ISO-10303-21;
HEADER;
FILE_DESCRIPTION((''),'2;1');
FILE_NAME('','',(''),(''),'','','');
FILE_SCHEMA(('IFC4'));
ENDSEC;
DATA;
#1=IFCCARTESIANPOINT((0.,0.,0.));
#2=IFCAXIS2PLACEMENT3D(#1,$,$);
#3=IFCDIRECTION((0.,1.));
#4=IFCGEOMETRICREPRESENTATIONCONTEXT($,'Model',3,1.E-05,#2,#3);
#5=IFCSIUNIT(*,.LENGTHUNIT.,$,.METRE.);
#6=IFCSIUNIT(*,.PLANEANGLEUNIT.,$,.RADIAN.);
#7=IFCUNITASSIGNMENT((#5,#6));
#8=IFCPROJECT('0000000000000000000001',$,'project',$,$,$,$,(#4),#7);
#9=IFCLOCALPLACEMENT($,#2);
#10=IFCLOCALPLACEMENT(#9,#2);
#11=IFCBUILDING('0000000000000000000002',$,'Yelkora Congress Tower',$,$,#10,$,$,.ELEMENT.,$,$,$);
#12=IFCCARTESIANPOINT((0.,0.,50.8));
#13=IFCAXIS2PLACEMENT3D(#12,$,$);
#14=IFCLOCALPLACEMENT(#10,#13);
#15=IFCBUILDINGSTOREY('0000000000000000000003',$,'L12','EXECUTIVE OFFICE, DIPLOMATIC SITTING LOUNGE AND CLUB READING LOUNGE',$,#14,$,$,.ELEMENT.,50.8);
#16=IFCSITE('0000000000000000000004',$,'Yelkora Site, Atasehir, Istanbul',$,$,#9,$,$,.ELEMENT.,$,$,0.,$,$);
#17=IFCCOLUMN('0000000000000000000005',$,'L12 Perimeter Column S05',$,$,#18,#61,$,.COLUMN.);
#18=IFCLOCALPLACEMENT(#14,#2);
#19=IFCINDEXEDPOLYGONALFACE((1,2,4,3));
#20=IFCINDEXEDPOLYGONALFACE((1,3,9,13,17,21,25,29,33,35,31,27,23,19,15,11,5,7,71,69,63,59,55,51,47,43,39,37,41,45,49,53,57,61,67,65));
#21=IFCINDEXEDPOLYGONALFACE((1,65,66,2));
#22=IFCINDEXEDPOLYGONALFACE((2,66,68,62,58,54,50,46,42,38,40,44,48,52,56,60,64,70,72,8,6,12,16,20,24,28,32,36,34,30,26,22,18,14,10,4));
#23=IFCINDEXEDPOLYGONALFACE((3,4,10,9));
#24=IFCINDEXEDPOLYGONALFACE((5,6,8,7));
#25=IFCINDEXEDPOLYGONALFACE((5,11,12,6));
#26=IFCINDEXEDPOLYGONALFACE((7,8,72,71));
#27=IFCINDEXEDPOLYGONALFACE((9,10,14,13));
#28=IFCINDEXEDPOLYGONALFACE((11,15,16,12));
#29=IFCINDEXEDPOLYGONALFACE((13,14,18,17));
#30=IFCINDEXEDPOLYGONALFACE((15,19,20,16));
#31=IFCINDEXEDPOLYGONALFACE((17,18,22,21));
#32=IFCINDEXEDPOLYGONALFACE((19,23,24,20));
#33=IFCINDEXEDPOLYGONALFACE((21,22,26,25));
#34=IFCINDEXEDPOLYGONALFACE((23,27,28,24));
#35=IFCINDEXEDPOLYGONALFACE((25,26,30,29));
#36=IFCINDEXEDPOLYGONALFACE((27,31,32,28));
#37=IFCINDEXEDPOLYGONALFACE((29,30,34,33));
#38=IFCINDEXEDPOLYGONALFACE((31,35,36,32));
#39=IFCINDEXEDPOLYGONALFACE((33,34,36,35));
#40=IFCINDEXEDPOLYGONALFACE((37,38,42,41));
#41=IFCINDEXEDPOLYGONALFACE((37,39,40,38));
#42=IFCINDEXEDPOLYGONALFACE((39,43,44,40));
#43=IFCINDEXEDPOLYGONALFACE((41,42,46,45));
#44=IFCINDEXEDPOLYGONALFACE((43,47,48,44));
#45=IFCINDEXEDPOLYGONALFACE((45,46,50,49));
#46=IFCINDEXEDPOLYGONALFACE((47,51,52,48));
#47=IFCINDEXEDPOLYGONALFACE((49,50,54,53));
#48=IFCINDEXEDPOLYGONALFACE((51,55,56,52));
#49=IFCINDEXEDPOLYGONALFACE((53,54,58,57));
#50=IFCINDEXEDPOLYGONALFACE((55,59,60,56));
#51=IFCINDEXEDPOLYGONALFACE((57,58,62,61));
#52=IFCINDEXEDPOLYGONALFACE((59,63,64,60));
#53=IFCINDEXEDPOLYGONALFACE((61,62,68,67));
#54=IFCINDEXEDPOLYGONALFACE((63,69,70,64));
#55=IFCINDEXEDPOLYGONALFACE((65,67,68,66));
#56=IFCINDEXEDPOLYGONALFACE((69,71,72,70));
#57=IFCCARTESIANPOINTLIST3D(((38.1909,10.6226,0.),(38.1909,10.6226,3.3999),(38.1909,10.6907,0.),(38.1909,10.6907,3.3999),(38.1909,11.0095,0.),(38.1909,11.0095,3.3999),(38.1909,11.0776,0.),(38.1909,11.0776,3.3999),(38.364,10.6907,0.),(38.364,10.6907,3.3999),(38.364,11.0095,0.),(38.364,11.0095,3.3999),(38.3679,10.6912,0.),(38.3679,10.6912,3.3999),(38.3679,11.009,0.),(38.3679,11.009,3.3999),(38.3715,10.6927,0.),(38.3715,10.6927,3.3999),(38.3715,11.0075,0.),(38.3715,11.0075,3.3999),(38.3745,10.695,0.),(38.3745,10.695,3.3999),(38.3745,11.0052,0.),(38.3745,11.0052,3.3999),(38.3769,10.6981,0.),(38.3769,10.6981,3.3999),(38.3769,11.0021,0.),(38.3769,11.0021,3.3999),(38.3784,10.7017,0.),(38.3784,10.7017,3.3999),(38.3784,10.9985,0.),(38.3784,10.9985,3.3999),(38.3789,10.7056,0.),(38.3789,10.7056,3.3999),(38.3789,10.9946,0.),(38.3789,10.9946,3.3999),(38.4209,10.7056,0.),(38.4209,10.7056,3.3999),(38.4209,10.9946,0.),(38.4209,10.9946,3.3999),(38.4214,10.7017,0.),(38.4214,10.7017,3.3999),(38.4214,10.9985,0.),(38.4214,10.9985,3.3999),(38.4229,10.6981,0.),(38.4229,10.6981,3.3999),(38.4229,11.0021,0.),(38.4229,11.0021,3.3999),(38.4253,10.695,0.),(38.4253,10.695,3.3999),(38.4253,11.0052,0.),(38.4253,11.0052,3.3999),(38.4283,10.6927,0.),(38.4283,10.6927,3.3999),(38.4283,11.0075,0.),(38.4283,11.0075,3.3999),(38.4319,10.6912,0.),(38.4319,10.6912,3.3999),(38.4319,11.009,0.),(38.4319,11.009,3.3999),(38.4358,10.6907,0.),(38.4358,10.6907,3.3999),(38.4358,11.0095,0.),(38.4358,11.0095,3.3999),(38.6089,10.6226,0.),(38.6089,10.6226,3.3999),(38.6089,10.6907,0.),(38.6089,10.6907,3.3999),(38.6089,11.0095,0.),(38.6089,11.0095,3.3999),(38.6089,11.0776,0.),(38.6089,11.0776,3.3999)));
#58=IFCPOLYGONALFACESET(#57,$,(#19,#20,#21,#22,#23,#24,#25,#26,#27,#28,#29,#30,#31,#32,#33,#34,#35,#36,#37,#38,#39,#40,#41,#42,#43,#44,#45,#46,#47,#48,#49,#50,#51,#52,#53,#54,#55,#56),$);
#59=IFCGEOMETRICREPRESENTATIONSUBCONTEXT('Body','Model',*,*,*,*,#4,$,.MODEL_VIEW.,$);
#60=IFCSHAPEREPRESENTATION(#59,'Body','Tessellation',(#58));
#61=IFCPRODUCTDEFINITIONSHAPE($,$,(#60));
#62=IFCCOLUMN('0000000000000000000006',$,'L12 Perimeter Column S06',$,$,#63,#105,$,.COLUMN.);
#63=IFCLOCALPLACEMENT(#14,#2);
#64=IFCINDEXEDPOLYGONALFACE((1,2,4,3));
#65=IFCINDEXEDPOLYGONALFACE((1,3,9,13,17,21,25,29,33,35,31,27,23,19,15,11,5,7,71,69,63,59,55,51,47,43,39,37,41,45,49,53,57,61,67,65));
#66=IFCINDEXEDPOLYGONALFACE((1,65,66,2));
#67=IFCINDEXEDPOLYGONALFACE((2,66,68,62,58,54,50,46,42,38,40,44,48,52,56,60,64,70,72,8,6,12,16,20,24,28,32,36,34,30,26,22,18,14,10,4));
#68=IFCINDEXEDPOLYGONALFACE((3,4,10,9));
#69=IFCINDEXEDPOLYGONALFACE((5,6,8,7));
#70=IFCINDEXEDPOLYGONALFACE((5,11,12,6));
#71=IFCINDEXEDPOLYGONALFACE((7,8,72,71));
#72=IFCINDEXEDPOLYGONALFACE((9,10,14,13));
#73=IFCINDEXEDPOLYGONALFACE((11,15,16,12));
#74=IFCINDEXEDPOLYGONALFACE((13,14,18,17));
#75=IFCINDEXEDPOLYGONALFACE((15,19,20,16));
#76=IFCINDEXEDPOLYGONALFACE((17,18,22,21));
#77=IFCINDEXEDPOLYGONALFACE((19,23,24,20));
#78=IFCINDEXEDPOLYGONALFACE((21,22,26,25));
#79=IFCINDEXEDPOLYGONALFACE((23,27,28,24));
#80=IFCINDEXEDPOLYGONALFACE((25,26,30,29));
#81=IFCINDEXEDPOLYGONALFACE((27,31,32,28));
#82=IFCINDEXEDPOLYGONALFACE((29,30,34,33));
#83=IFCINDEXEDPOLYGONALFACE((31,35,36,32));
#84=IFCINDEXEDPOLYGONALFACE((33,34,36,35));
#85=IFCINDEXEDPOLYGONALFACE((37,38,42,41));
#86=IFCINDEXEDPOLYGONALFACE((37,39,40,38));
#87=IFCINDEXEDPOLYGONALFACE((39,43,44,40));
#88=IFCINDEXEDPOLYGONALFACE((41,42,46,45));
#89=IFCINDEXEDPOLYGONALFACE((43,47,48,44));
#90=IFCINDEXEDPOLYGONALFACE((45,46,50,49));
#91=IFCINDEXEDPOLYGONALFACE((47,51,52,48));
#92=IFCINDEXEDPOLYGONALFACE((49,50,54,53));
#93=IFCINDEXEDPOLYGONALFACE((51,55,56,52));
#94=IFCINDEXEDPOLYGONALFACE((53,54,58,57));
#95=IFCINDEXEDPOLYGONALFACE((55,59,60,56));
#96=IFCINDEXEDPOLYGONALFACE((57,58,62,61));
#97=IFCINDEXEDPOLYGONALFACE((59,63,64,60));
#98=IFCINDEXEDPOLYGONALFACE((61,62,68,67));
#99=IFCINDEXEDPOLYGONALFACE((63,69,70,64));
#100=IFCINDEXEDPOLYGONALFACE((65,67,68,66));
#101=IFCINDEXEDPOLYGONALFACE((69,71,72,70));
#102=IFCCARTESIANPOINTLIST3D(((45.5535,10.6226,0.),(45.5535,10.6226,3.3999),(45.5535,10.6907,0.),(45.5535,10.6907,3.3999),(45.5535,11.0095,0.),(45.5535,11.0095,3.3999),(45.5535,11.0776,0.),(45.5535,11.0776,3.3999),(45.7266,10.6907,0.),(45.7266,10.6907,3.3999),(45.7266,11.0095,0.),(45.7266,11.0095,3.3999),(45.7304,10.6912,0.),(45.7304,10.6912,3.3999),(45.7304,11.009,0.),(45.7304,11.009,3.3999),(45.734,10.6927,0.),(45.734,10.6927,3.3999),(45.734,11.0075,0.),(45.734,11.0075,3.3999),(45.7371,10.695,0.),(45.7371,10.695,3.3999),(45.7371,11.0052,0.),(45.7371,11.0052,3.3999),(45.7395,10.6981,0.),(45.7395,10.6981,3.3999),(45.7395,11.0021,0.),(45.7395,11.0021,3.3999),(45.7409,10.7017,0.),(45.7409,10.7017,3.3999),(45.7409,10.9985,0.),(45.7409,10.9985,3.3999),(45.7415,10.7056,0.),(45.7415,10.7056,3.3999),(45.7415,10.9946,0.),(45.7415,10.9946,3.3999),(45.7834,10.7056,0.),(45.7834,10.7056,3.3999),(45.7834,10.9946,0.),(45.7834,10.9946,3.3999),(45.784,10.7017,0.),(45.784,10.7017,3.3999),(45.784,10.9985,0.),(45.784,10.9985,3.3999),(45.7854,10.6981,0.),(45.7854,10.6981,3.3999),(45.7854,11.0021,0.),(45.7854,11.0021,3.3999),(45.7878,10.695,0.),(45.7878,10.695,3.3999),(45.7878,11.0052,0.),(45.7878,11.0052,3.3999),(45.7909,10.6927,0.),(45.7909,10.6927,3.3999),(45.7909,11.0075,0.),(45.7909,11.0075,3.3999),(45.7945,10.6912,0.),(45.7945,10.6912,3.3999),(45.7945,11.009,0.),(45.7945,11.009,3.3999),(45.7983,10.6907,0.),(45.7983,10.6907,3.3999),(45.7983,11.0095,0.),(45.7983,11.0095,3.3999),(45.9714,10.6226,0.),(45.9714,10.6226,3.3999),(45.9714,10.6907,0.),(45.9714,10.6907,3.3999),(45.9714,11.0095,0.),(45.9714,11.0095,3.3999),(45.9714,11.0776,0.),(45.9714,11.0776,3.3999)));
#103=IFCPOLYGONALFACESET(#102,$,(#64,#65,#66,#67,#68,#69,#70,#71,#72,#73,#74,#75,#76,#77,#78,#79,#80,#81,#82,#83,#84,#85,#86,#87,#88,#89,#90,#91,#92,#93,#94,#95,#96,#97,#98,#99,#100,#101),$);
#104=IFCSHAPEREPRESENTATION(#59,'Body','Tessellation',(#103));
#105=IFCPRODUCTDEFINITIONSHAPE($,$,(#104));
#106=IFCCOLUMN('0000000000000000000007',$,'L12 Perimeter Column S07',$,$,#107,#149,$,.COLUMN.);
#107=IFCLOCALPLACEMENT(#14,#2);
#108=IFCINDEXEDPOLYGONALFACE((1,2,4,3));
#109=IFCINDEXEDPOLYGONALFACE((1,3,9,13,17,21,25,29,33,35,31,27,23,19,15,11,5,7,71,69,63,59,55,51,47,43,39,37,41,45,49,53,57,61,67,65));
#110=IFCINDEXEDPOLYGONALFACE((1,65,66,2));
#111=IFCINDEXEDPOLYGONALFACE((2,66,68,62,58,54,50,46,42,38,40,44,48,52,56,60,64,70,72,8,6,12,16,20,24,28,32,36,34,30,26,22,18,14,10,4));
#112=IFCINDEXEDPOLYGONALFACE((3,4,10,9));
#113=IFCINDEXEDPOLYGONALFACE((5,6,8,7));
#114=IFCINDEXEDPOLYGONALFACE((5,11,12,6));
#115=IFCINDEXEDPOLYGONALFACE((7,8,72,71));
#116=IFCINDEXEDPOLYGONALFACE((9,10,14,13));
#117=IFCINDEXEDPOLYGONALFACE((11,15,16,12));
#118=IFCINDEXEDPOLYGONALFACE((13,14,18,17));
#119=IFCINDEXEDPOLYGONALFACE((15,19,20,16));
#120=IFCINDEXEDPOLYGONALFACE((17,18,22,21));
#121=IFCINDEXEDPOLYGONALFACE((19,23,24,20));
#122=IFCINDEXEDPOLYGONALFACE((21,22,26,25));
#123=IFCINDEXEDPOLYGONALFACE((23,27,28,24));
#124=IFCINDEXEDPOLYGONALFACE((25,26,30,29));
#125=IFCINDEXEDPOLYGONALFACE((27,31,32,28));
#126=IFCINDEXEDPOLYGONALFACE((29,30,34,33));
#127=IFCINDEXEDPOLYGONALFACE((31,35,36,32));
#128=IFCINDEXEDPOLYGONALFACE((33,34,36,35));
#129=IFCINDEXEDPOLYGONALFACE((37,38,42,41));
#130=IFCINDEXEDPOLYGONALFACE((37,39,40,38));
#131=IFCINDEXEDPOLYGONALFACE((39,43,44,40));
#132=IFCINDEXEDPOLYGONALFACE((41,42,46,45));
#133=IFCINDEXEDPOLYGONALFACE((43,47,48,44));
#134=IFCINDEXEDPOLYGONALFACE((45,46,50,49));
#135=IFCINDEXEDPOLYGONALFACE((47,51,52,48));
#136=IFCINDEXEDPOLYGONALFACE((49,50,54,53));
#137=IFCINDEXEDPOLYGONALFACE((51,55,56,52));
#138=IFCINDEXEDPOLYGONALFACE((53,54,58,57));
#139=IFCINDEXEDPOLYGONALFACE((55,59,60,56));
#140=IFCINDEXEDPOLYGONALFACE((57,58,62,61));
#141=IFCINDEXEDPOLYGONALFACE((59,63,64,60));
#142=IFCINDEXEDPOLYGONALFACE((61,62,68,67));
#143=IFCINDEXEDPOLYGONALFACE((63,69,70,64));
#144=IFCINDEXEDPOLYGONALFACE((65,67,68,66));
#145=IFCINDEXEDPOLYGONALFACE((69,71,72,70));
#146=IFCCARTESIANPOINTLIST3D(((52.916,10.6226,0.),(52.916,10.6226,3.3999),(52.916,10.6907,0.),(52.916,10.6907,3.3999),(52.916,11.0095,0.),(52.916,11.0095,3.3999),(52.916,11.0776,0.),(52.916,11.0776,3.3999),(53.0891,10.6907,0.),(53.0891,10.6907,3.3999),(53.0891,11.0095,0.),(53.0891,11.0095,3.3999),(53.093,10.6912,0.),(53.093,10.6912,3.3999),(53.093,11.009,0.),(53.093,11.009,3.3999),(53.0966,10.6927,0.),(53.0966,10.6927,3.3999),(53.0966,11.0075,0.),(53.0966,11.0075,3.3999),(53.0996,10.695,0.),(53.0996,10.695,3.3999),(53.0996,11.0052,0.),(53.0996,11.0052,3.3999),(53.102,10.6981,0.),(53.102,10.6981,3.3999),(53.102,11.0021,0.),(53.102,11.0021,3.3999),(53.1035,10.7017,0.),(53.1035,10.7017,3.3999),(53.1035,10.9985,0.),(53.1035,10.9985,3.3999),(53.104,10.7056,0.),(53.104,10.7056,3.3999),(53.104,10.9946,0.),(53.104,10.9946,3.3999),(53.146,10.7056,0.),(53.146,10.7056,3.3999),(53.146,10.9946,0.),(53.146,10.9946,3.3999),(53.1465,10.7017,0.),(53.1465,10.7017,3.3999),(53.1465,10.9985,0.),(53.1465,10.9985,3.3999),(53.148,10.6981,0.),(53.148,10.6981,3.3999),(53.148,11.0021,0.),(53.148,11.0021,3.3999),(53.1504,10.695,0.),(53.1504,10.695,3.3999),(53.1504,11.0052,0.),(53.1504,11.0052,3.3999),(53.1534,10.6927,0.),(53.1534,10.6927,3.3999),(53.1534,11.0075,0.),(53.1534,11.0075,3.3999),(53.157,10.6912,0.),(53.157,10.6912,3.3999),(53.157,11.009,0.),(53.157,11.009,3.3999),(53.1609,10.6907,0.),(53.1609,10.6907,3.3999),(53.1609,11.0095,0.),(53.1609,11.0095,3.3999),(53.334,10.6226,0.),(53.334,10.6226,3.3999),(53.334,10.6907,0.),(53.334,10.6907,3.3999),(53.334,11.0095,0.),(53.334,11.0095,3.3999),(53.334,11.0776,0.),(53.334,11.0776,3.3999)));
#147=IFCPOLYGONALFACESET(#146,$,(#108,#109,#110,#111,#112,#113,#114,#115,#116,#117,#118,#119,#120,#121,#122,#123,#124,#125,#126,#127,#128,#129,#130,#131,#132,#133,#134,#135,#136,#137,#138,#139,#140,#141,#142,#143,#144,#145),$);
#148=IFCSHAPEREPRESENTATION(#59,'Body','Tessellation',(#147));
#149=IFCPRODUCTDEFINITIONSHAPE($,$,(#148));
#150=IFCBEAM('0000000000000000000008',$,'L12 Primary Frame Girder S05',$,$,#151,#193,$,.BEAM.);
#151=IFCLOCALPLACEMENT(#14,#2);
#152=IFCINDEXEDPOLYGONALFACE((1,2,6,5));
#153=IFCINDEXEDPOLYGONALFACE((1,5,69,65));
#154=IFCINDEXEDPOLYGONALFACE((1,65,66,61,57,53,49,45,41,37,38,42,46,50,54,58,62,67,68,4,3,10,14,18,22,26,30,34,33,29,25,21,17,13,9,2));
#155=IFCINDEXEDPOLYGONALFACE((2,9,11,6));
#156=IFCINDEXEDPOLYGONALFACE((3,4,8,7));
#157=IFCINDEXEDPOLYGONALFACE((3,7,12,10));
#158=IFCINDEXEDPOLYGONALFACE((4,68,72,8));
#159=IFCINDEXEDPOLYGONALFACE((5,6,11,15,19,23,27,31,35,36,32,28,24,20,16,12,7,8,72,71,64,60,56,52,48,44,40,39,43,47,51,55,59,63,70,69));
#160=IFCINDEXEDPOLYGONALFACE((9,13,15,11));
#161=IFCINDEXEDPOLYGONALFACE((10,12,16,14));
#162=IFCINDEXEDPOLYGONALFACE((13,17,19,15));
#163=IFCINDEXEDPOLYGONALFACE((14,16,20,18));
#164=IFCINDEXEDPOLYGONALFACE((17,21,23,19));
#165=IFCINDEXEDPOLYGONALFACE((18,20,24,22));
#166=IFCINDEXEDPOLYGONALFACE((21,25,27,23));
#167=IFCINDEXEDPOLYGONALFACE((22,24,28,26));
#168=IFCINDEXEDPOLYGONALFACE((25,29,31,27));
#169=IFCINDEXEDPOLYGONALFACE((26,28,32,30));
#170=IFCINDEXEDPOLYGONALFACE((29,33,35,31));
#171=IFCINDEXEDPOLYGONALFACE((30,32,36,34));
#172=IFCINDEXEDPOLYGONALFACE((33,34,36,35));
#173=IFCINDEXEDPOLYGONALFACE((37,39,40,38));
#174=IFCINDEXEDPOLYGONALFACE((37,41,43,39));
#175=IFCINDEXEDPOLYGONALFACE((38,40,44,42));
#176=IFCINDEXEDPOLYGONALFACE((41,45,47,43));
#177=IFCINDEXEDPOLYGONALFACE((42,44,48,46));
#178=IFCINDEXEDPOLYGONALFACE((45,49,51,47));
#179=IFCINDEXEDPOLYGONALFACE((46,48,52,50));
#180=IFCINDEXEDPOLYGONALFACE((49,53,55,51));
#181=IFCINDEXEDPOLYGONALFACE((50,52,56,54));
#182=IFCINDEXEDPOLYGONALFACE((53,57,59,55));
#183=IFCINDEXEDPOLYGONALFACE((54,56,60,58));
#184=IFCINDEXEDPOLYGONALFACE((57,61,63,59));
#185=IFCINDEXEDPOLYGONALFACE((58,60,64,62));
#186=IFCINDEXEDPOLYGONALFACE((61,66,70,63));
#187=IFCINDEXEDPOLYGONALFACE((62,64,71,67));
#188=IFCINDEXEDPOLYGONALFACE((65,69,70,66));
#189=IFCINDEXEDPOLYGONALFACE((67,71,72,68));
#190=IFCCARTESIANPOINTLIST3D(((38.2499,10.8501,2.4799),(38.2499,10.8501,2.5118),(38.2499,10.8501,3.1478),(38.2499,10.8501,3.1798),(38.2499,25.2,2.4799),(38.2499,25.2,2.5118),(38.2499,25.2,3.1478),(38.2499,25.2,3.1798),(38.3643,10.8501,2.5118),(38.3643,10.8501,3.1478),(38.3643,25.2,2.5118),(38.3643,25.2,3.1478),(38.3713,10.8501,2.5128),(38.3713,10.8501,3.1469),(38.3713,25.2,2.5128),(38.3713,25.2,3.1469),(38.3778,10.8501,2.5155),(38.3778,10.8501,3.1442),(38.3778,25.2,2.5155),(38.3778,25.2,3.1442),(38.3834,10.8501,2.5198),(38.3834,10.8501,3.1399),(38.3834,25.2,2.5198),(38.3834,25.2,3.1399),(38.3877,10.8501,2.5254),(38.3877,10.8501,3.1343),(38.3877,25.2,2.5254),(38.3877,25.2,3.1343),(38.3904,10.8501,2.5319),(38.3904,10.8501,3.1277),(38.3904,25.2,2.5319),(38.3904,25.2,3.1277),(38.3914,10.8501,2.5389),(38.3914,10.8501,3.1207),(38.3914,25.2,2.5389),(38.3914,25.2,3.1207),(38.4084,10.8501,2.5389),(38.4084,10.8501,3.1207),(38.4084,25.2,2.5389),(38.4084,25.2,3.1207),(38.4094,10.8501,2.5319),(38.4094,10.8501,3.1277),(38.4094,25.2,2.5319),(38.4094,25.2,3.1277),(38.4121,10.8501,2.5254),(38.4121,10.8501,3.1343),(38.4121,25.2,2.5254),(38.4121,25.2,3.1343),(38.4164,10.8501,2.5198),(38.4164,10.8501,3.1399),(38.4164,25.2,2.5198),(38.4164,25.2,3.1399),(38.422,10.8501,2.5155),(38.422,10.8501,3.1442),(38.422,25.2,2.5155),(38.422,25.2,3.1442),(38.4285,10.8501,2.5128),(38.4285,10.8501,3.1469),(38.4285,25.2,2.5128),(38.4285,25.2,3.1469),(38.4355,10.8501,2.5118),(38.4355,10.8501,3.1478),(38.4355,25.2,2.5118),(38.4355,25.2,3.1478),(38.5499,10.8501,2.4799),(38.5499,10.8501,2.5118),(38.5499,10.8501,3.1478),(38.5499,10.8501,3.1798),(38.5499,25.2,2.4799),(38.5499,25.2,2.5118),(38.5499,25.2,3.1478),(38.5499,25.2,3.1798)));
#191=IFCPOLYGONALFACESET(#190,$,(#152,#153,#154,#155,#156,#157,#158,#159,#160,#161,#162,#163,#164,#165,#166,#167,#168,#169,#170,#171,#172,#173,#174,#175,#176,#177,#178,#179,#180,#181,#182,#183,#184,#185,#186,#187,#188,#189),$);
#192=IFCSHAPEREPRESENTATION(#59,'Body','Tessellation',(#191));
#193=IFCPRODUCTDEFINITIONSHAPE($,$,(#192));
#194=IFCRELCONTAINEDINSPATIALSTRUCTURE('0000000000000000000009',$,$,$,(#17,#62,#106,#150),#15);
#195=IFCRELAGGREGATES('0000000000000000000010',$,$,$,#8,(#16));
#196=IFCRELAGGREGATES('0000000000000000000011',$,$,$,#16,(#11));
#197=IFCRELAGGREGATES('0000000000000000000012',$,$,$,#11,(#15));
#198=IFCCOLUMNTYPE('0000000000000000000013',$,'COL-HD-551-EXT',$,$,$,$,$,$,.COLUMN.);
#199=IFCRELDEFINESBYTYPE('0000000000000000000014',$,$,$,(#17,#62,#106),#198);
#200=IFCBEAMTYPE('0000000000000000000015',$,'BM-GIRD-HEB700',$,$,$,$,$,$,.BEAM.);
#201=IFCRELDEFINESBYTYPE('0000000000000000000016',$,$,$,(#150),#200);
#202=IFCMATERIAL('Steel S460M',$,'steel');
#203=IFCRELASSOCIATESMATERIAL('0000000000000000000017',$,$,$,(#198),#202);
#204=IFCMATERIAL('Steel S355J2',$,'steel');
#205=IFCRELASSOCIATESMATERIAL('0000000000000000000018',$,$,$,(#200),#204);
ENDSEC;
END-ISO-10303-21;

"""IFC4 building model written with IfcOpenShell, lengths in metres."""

from ifc_helpers import new_model, si_unit, direction, frame, origin, origin_2d, place, context, subcontext, project, spatial, i_section, extrude, material, material_profile, profile_set, type_object, element, save


model = new_model("IFC4")

# Units and contexts
model_context = context("Model", 3, precision=1e-05, world=origin(), true_north=direction((0.0, 1.0)))
body_context = subcontext(model_context, "Body", "Model", "MODEL_VIEW")
ifc_project = project(units=[si_unit("LENGTHUNIT", "METRE"), si_unit("PLANEANGLEUNIT", "RADIAN")], contexts=[model_context])

# Site, building, storey
site_placement = place(None, origin())
site = spatial("IfcSite", under=ifc_project, at=site_placement, Name="Yelkora Site, Atasehir, Istanbul", CompositionType="ELEMENT", RefElevation=0.0)
building_placement = place(site_placement, origin())
building = spatial("IfcBuilding", under=site, at=building_placement, Name="Yelkora Congress Tower", CompositionType="ELEMENT")
storey_placement = place(building_placement, frame((0.0, 0.0, 50.8)))
storey = spatial("IfcBuildingStorey", under=building, at=storey_placement, Name="L12", Description="EXECUTIVE OFFICE, DIPLOMATIC SITTING LOUNGE AND CLUB READING LOUNGE", CompositionType="ELEMENT", Elevation=50.8)

# Columns
ifc_material_1 = material(Name="Steel S460M", Category="steel")
ifc_material_profile_1 = material_profile(ifc_material_1, i_section(OverallWidth=0.418, OverallDepth=0.4551, WebThickness=0.042, FlangeThickness=0.0681, FilletRadius=0.0149, at=origin_2d()), Name="HD 400x551")
ifc_profile_set_1 = profile_set([ifc_material_profile_1], Name="Steel S460M")
column_type = type_object("IfcColumnType", Name="COL-HD-551-EXT", PredefinedType="COLUMN", material=ifc_profile_set_1)
for number, where, z_axis, x_axis, name in (
    (1, (38.3999, 10.8501, 0.0), (0.0, 0.0, 1.0), (1.0, 0.0, 0.0), "L12 Perimeter Column S05"),
    (2, (45.7625, 10.8501, 0.0), (0.0, 0.0, 1.0), (1.0, 0.0, 0.0), "L12 Perimeter Column S06"),
    (3, (53.125, 10.8501, 0.0), (0.0, 0.0, 1.0), (1.0, 0.0, 0.0), "L12 Perimeter Column S07"),
):
    element("IfcColumn", number, at=place(storey_placement, frame(where, z_axis=z_axis, x_axis=x_axis)), inside=storey, type_object=column_type, Name=name, PredefinedType="COLUMN", context=body_context, shape_type="SweptSolid", body=[
        extrude(i_section(OverallWidth=0.418, OverallDepth=0.4551, WebThickness=0.042, FlangeThickness=0.0681, FilletRadius=0.0149, at=origin_2d()), origin(), (0.0, 0.0, 1.0), 3.3999),
    ])

# Beam
ifc_material_2 = material(Name="Steel S355J2", Category="steel")
ifc_material_profile_2 = material_profile(ifc_material_2, i_section(OverallWidth=0.3, OverallDepth=0.7, WebThickness=0.0171, FlangeThickness=0.032, FilletRadius=0.0271, at=origin_2d()), Name="HEB 700")
ifc_profile_set_2 = profile_set([ifc_material_profile_2], Name="Steel S355J2")
beam_type_1 = type_object("IfcBeamType", Name="BM-GIRD-HEB700", PredefinedType="BEAM", material=ifc_profile_set_2)
beam_1_placement = place(storey_placement, frame((38.3999, 10.8501, 2.8298), z_axis=(0.0, 1.0, 0.0), x_axis=(-1.0, 0.0, 0.0)))
element("IfcBeam", 4, at=beam_1_placement, inside=storey, type_object=beam_type_1, Name="L12 Primary Frame Girder S05", PredefinedType="BEAM", context=body_context, shape_type="SweptSolid", body=[
    extrude(i_section(OverallWidth=0.3, OverallDepth=0.7, WebThickness=0.0171, FlangeThickness=0.032, FilletRadius=0.0271, at=origin_2d()), origin(), (0.0, 0.0, 1.0), 14.3499),
])

save(model, "model.ifc")
